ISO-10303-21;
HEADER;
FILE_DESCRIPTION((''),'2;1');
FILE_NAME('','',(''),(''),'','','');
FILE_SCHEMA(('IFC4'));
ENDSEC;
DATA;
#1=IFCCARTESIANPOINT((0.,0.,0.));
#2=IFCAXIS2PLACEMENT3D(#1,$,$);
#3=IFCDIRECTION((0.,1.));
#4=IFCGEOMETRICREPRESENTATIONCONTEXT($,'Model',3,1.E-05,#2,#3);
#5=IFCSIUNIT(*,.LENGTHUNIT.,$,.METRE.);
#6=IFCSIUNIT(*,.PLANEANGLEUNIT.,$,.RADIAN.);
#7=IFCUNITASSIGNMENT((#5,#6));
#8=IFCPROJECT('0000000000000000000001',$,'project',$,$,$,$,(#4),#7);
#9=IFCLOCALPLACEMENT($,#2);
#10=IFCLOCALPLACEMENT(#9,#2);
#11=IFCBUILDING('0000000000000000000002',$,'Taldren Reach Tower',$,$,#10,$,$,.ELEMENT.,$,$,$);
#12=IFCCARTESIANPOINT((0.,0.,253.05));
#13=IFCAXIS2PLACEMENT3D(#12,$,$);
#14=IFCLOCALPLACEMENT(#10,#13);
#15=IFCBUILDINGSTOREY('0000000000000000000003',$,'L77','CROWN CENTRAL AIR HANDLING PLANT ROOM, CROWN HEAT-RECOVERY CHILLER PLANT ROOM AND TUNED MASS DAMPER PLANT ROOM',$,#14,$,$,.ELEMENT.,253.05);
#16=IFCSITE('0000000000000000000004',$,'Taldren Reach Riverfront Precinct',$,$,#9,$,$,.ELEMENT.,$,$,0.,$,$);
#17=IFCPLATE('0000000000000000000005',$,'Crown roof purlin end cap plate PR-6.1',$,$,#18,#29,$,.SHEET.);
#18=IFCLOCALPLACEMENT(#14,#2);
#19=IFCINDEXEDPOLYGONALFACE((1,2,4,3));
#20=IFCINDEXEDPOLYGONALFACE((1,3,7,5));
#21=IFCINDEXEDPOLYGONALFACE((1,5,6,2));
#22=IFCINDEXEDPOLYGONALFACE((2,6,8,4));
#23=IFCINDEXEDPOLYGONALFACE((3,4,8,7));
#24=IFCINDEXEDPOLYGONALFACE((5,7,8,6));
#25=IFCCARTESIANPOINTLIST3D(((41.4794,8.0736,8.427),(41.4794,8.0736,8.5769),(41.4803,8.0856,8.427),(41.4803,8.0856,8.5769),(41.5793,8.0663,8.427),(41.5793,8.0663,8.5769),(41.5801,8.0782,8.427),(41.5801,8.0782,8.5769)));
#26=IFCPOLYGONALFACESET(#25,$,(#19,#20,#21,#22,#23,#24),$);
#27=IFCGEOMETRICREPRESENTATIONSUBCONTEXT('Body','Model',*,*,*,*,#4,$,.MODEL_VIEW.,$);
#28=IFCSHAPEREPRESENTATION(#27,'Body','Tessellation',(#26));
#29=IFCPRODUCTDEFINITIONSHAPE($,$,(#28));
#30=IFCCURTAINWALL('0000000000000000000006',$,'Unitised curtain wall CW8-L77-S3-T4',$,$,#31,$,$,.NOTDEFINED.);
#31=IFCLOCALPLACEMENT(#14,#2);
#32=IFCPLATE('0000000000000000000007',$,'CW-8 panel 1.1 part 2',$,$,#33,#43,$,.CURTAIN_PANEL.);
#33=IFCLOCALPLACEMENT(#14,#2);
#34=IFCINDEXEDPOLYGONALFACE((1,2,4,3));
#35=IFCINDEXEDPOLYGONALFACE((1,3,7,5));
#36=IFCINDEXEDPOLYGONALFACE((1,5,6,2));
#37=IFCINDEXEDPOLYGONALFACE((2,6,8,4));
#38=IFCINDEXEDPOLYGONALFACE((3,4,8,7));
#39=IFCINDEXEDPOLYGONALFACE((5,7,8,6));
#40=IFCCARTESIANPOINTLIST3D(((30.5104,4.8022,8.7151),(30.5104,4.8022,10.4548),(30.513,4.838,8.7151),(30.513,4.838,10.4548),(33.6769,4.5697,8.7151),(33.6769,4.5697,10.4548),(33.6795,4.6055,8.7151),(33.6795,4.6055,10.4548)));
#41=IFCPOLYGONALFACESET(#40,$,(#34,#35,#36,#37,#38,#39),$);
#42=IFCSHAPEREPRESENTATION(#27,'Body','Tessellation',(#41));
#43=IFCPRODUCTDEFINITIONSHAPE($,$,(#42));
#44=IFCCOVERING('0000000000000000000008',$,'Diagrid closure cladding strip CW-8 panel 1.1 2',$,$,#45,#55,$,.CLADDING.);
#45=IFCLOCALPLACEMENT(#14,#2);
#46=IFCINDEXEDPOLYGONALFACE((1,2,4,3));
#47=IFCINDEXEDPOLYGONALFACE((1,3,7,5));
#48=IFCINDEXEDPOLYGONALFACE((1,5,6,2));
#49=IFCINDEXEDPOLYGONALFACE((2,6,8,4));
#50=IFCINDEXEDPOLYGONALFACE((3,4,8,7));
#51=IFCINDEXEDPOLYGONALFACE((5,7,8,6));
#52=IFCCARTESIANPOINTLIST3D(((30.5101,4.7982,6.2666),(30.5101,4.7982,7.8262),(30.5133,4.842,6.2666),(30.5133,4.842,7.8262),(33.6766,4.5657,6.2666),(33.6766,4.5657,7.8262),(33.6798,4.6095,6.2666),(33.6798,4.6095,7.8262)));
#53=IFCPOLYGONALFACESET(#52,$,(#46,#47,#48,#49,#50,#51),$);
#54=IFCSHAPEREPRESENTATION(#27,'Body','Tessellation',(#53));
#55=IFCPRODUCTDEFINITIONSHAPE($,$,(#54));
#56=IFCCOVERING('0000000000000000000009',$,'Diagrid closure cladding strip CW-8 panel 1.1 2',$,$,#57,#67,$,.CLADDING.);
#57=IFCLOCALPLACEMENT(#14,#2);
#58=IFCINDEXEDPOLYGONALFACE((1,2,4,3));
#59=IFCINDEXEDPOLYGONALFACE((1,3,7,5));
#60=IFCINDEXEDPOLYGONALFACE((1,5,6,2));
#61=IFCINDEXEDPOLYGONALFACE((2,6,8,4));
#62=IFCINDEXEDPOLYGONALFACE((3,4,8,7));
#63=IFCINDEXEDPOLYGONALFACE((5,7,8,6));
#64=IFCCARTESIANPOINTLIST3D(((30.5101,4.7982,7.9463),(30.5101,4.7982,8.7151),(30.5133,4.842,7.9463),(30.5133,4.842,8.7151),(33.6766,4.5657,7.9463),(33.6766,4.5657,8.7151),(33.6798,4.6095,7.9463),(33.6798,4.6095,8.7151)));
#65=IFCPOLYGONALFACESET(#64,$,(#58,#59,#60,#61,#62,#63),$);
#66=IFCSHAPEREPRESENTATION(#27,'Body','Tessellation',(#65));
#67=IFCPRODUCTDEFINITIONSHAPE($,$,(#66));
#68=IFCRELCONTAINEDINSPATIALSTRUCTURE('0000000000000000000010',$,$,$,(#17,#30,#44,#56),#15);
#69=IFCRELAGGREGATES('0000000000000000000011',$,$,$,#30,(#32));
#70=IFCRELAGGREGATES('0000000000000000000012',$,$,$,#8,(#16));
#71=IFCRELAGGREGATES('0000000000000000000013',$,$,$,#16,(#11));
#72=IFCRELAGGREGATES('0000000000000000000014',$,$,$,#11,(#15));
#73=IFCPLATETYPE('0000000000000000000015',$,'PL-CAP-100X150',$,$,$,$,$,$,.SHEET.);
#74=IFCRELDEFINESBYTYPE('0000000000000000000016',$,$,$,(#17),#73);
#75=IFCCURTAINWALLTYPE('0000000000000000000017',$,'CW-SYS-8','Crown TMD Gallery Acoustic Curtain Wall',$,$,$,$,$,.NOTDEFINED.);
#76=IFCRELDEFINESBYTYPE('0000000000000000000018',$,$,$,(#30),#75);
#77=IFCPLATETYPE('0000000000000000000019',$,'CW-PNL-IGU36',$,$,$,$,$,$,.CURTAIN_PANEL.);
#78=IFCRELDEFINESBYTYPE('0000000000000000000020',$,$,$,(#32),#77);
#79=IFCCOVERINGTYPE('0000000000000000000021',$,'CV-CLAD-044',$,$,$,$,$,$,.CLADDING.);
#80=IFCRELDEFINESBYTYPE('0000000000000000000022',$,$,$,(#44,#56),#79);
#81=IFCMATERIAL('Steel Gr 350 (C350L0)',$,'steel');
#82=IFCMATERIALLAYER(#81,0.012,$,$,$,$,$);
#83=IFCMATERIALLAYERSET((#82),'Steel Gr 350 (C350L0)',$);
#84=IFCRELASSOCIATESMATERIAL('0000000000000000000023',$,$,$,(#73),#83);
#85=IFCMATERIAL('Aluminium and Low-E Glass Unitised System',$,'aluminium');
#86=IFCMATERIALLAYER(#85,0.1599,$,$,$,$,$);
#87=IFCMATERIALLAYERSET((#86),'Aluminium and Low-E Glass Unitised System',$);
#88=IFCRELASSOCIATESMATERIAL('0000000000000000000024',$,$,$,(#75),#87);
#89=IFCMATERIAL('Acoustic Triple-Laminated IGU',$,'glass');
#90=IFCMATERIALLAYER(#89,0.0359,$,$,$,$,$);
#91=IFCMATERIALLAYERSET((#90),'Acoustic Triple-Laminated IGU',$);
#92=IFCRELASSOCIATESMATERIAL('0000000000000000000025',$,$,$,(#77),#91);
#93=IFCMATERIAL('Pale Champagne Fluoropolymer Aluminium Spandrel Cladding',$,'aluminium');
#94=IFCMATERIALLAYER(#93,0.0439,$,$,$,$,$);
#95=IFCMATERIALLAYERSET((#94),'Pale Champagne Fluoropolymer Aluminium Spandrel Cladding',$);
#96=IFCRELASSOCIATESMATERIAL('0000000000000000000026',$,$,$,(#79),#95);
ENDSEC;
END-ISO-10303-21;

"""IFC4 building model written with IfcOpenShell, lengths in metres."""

from ifc_helpers import new_model, si_unit, direction, frame, origin, origin_2d, place, context, subcontext, project, spatial, rectangle, extrude, source, transform, mapped, material, layer, layer_set, type_object, element, aggregate, save


model = new_model("IFC4")

# Units and contexts
model_context = context("Model", 3, precision=1e-05, world=origin(), true_north=direction((0.0, 1.0)))
body_context = subcontext(model_context, "Body", "Model", "MODEL_VIEW")
ifc_project = project(units=[si_unit("LENGTHUNIT", "METRE"), si_unit("PLANEANGLEUNIT", "RADIAN")], contexts=[model_context])

# Site, building, storey
site_placement = place(None, origin())
site = spatial("IfcSite", under=ifc_project, at=site_placement, Name="Taldren Reach Riverfront Precinct", CompositionType="ELEMENT", RefElevation=0.0)
building_placement = place(site_placement, origin())
building = spatial("IfcBuilding", under=site, at=building_placement, Name="Taldren Reach Tower", CompositionType="ELEMENT")
storey_placement = place(building_placement, frame((0.0, 0.0, 253.05)))
storey = spatial("IfcBuildingStorey", under=building, at=storey_placement, Name="L77", Description="CROWN CENTRAL AIR HANDLING PLANT ROOM, CROWN HEAT-RECOVERY CHILLER PLANT ROOM AND TUNED MASS DAMPER PLANT ROOM", CompositionType="ELEMENT", Elevation=253.05)

# Shared definitions
ifc_material_1 = material(Name="Steel Gr 350 (C350L0)", Category="steel")

# Plate
ifc_layer_1 = layer(ifc_material_1, 0.012)
ifc_layer_set_1 = layer_set([ifc_layer_1], Name="Steel Gr 350 (C350L0)")
plate_type_1 = type_object("IfcPlateType", Name="PL-CAP-100X150", PredefinedType="SHEET", material=ifc_layer_set_1)
shared_shape_1 = source(origin(), body_context, "Body", "SweptSolid", [
    extrude(rectangle(XDim=0.1001, YDim=0.012, at=origin_2d()), origin(), (0.0, 0.0, 1.0), 0.1499),
])
for number, where, z_axis, x_axis, name in (
    (1, (41.5298, 8.0759, 8.427), (0.0, 0.0, 1.0), (0.997314, -0.073238, 0.0), "Crown roof purlin end cap plate PR-6.1"),
):
    element("IfcPlate", number, at=place(storey_placement, frame(where, z_axis=z_axis, x_axis=x_axis)), inside=storey, type_object=plate_type_1, Name=name, PredefinedType="SHEET", context=body_context, shape_type="MappedRepresentation", body=[
        mapped(shared_shape_1, transform((0.0, 0.0, 0.0), scale=1.0)),
    ])

# Curtain wall, plate
ifc_material_2 = material(Name="Aluminium and Low-E Glass Unitised System", Category="aluminium")
ifc_layer_2 = layer(ifc_material_2, 0.1599)
ifc_layer_set_2 = layer_set([ifc_layer_2], Name="Aluminium and Low-E Glass Unitised System")
curtain_wall_type = type_object("IfcCurtainWallType", Name="CW-SYS-8", Description="Crown TMD Gallery Acoustic Curtain Wall", PredefinedType="NOTDEFINED", material=ifc_layer_set_2)
curtain_wall_placement = place(storey_placement, origin())
curtain_wall = element("IfcCurtainWall", 2, at=curtain_wall_placement, inside=storey, type_object=curtain_wall_type, Name="Unitised curtain wall CW8-L77-S3-T4", PredefinedType="NOTDEFINED")
ifc_material_3 = material(Name="Acoustic Triple-Laminated IGU", Category="glass")
ifc_layer_3 = layer(ifc_material_3, 0.0359)
ifc_layer_set_3 = layer_set([ifc_layer_3], Name="Acoustic Triple-Laminated IGU")
plate_type_2 = type_object("IfcPlateType", Name="CW-PNL-IGU36", PredefinedType="CURTAIN_PANEL", material=ifc_layer_set_3)
shared_shape_2 = source(origin(), body_context, "Body", "SweptSolid", [
    extrude(rectangle(XDim=3.175, YDim=0.0359, at=origin_2d()), origin(), (0.0, 0.0, 1.0), 1.7397),
])
plate_1_placement = place(storey_placement, frame((32.095, 4.7039, 8.7151), z_axis=(0.0, 0.0, 1.0), x_axis=(0.997315, -0.073237, 0.0)))
plate_1 = element("IfcPlate", 3, at=plate_1_placement, type_object=plate_type_2, Name="CW-8 panel 1.1 part 2", PredefinedType="CURTAIN_PANEL", context=body_context, shape_type="MappedRepresentation", body=[
    mapped(shared_shape_2, transform((0.0, 0.0, 0.0), scale=1.0)),
])
aggregate(curtain_wall, [plate_1])

# Coverings
ifc_material_4 = material(Name="Pale Champagne Fluoropolymer Aluminium Spandrel Cladding", Category="aluminium")
ifc_layer_4 = layer(ifc_material_4, 0.0439)
ifc_layer_set_4 = layer_set([ifc_layer_4], Name="Pale Champagne Fluoropolymer Aluminium Spandrel Cladding")
covering_type = type_object("IfcCoveringType", Name="CV-CLAD-044", PredefinedType="CLADDING", material=ifc_layer_set_4)
shared_shape_3 = source(origin(), body_context, "Body", "SweptSolid", [
    extrude(rectangle(XDim=3.175, YDim=0.0439, at=origin_2d()), origin(), (0.0, 0.0, 1.0), 1.5596),
])
covering_1_placement = place(storey_placement, frame((32.095, 4.7039, 6.2666), z_axis=(0.0, 0.0, 1.0), x_axis=(0.997315, -0.073237, 0.0)))
element("IfcCovering", 4, at=covering_1_placement, inside=storey, type_object=covering_type, Name="Diagrid closure cladding strip CW-8 panel 1.1 2", PredefinedType="CLADDING", context=body_context, shape_type="MappedRepresentation", body=[
    mapped(shared_shape_3, transform((0.0, 0.0, 0.0), scale=1.0)),
])
shared_shape_4 = source(origin(), body_context, "Body", "SweptSolid", [
    extrude(rectangle(XDim=3.175, YDim=0.0439, at=origin_2d()), origin(), (0.0, 0.0, 1.0), 0.7688),
])
covering_2_placement = place(storey_placement, frame((32.095, 4.7039, 7.9463), z_axis=(0.0, 0.0, 1.0), x_axis=(0.997315, -0.073237, 0.0)))
element("IfcCovering", 5, at=covering_2_placement, inside=storey, type_object=covering_type, Name="Diagrid closure cladding strip CW-8 panel 1.1 2", PredefinedType="CLADDING", context=body_context, shape_type="MappedRepresentation", body=[
    mapped(shared_shape_4, transform((0.0, 0.0, 0.0), scale=1.0)),
])

save(model, "model.ifc")
